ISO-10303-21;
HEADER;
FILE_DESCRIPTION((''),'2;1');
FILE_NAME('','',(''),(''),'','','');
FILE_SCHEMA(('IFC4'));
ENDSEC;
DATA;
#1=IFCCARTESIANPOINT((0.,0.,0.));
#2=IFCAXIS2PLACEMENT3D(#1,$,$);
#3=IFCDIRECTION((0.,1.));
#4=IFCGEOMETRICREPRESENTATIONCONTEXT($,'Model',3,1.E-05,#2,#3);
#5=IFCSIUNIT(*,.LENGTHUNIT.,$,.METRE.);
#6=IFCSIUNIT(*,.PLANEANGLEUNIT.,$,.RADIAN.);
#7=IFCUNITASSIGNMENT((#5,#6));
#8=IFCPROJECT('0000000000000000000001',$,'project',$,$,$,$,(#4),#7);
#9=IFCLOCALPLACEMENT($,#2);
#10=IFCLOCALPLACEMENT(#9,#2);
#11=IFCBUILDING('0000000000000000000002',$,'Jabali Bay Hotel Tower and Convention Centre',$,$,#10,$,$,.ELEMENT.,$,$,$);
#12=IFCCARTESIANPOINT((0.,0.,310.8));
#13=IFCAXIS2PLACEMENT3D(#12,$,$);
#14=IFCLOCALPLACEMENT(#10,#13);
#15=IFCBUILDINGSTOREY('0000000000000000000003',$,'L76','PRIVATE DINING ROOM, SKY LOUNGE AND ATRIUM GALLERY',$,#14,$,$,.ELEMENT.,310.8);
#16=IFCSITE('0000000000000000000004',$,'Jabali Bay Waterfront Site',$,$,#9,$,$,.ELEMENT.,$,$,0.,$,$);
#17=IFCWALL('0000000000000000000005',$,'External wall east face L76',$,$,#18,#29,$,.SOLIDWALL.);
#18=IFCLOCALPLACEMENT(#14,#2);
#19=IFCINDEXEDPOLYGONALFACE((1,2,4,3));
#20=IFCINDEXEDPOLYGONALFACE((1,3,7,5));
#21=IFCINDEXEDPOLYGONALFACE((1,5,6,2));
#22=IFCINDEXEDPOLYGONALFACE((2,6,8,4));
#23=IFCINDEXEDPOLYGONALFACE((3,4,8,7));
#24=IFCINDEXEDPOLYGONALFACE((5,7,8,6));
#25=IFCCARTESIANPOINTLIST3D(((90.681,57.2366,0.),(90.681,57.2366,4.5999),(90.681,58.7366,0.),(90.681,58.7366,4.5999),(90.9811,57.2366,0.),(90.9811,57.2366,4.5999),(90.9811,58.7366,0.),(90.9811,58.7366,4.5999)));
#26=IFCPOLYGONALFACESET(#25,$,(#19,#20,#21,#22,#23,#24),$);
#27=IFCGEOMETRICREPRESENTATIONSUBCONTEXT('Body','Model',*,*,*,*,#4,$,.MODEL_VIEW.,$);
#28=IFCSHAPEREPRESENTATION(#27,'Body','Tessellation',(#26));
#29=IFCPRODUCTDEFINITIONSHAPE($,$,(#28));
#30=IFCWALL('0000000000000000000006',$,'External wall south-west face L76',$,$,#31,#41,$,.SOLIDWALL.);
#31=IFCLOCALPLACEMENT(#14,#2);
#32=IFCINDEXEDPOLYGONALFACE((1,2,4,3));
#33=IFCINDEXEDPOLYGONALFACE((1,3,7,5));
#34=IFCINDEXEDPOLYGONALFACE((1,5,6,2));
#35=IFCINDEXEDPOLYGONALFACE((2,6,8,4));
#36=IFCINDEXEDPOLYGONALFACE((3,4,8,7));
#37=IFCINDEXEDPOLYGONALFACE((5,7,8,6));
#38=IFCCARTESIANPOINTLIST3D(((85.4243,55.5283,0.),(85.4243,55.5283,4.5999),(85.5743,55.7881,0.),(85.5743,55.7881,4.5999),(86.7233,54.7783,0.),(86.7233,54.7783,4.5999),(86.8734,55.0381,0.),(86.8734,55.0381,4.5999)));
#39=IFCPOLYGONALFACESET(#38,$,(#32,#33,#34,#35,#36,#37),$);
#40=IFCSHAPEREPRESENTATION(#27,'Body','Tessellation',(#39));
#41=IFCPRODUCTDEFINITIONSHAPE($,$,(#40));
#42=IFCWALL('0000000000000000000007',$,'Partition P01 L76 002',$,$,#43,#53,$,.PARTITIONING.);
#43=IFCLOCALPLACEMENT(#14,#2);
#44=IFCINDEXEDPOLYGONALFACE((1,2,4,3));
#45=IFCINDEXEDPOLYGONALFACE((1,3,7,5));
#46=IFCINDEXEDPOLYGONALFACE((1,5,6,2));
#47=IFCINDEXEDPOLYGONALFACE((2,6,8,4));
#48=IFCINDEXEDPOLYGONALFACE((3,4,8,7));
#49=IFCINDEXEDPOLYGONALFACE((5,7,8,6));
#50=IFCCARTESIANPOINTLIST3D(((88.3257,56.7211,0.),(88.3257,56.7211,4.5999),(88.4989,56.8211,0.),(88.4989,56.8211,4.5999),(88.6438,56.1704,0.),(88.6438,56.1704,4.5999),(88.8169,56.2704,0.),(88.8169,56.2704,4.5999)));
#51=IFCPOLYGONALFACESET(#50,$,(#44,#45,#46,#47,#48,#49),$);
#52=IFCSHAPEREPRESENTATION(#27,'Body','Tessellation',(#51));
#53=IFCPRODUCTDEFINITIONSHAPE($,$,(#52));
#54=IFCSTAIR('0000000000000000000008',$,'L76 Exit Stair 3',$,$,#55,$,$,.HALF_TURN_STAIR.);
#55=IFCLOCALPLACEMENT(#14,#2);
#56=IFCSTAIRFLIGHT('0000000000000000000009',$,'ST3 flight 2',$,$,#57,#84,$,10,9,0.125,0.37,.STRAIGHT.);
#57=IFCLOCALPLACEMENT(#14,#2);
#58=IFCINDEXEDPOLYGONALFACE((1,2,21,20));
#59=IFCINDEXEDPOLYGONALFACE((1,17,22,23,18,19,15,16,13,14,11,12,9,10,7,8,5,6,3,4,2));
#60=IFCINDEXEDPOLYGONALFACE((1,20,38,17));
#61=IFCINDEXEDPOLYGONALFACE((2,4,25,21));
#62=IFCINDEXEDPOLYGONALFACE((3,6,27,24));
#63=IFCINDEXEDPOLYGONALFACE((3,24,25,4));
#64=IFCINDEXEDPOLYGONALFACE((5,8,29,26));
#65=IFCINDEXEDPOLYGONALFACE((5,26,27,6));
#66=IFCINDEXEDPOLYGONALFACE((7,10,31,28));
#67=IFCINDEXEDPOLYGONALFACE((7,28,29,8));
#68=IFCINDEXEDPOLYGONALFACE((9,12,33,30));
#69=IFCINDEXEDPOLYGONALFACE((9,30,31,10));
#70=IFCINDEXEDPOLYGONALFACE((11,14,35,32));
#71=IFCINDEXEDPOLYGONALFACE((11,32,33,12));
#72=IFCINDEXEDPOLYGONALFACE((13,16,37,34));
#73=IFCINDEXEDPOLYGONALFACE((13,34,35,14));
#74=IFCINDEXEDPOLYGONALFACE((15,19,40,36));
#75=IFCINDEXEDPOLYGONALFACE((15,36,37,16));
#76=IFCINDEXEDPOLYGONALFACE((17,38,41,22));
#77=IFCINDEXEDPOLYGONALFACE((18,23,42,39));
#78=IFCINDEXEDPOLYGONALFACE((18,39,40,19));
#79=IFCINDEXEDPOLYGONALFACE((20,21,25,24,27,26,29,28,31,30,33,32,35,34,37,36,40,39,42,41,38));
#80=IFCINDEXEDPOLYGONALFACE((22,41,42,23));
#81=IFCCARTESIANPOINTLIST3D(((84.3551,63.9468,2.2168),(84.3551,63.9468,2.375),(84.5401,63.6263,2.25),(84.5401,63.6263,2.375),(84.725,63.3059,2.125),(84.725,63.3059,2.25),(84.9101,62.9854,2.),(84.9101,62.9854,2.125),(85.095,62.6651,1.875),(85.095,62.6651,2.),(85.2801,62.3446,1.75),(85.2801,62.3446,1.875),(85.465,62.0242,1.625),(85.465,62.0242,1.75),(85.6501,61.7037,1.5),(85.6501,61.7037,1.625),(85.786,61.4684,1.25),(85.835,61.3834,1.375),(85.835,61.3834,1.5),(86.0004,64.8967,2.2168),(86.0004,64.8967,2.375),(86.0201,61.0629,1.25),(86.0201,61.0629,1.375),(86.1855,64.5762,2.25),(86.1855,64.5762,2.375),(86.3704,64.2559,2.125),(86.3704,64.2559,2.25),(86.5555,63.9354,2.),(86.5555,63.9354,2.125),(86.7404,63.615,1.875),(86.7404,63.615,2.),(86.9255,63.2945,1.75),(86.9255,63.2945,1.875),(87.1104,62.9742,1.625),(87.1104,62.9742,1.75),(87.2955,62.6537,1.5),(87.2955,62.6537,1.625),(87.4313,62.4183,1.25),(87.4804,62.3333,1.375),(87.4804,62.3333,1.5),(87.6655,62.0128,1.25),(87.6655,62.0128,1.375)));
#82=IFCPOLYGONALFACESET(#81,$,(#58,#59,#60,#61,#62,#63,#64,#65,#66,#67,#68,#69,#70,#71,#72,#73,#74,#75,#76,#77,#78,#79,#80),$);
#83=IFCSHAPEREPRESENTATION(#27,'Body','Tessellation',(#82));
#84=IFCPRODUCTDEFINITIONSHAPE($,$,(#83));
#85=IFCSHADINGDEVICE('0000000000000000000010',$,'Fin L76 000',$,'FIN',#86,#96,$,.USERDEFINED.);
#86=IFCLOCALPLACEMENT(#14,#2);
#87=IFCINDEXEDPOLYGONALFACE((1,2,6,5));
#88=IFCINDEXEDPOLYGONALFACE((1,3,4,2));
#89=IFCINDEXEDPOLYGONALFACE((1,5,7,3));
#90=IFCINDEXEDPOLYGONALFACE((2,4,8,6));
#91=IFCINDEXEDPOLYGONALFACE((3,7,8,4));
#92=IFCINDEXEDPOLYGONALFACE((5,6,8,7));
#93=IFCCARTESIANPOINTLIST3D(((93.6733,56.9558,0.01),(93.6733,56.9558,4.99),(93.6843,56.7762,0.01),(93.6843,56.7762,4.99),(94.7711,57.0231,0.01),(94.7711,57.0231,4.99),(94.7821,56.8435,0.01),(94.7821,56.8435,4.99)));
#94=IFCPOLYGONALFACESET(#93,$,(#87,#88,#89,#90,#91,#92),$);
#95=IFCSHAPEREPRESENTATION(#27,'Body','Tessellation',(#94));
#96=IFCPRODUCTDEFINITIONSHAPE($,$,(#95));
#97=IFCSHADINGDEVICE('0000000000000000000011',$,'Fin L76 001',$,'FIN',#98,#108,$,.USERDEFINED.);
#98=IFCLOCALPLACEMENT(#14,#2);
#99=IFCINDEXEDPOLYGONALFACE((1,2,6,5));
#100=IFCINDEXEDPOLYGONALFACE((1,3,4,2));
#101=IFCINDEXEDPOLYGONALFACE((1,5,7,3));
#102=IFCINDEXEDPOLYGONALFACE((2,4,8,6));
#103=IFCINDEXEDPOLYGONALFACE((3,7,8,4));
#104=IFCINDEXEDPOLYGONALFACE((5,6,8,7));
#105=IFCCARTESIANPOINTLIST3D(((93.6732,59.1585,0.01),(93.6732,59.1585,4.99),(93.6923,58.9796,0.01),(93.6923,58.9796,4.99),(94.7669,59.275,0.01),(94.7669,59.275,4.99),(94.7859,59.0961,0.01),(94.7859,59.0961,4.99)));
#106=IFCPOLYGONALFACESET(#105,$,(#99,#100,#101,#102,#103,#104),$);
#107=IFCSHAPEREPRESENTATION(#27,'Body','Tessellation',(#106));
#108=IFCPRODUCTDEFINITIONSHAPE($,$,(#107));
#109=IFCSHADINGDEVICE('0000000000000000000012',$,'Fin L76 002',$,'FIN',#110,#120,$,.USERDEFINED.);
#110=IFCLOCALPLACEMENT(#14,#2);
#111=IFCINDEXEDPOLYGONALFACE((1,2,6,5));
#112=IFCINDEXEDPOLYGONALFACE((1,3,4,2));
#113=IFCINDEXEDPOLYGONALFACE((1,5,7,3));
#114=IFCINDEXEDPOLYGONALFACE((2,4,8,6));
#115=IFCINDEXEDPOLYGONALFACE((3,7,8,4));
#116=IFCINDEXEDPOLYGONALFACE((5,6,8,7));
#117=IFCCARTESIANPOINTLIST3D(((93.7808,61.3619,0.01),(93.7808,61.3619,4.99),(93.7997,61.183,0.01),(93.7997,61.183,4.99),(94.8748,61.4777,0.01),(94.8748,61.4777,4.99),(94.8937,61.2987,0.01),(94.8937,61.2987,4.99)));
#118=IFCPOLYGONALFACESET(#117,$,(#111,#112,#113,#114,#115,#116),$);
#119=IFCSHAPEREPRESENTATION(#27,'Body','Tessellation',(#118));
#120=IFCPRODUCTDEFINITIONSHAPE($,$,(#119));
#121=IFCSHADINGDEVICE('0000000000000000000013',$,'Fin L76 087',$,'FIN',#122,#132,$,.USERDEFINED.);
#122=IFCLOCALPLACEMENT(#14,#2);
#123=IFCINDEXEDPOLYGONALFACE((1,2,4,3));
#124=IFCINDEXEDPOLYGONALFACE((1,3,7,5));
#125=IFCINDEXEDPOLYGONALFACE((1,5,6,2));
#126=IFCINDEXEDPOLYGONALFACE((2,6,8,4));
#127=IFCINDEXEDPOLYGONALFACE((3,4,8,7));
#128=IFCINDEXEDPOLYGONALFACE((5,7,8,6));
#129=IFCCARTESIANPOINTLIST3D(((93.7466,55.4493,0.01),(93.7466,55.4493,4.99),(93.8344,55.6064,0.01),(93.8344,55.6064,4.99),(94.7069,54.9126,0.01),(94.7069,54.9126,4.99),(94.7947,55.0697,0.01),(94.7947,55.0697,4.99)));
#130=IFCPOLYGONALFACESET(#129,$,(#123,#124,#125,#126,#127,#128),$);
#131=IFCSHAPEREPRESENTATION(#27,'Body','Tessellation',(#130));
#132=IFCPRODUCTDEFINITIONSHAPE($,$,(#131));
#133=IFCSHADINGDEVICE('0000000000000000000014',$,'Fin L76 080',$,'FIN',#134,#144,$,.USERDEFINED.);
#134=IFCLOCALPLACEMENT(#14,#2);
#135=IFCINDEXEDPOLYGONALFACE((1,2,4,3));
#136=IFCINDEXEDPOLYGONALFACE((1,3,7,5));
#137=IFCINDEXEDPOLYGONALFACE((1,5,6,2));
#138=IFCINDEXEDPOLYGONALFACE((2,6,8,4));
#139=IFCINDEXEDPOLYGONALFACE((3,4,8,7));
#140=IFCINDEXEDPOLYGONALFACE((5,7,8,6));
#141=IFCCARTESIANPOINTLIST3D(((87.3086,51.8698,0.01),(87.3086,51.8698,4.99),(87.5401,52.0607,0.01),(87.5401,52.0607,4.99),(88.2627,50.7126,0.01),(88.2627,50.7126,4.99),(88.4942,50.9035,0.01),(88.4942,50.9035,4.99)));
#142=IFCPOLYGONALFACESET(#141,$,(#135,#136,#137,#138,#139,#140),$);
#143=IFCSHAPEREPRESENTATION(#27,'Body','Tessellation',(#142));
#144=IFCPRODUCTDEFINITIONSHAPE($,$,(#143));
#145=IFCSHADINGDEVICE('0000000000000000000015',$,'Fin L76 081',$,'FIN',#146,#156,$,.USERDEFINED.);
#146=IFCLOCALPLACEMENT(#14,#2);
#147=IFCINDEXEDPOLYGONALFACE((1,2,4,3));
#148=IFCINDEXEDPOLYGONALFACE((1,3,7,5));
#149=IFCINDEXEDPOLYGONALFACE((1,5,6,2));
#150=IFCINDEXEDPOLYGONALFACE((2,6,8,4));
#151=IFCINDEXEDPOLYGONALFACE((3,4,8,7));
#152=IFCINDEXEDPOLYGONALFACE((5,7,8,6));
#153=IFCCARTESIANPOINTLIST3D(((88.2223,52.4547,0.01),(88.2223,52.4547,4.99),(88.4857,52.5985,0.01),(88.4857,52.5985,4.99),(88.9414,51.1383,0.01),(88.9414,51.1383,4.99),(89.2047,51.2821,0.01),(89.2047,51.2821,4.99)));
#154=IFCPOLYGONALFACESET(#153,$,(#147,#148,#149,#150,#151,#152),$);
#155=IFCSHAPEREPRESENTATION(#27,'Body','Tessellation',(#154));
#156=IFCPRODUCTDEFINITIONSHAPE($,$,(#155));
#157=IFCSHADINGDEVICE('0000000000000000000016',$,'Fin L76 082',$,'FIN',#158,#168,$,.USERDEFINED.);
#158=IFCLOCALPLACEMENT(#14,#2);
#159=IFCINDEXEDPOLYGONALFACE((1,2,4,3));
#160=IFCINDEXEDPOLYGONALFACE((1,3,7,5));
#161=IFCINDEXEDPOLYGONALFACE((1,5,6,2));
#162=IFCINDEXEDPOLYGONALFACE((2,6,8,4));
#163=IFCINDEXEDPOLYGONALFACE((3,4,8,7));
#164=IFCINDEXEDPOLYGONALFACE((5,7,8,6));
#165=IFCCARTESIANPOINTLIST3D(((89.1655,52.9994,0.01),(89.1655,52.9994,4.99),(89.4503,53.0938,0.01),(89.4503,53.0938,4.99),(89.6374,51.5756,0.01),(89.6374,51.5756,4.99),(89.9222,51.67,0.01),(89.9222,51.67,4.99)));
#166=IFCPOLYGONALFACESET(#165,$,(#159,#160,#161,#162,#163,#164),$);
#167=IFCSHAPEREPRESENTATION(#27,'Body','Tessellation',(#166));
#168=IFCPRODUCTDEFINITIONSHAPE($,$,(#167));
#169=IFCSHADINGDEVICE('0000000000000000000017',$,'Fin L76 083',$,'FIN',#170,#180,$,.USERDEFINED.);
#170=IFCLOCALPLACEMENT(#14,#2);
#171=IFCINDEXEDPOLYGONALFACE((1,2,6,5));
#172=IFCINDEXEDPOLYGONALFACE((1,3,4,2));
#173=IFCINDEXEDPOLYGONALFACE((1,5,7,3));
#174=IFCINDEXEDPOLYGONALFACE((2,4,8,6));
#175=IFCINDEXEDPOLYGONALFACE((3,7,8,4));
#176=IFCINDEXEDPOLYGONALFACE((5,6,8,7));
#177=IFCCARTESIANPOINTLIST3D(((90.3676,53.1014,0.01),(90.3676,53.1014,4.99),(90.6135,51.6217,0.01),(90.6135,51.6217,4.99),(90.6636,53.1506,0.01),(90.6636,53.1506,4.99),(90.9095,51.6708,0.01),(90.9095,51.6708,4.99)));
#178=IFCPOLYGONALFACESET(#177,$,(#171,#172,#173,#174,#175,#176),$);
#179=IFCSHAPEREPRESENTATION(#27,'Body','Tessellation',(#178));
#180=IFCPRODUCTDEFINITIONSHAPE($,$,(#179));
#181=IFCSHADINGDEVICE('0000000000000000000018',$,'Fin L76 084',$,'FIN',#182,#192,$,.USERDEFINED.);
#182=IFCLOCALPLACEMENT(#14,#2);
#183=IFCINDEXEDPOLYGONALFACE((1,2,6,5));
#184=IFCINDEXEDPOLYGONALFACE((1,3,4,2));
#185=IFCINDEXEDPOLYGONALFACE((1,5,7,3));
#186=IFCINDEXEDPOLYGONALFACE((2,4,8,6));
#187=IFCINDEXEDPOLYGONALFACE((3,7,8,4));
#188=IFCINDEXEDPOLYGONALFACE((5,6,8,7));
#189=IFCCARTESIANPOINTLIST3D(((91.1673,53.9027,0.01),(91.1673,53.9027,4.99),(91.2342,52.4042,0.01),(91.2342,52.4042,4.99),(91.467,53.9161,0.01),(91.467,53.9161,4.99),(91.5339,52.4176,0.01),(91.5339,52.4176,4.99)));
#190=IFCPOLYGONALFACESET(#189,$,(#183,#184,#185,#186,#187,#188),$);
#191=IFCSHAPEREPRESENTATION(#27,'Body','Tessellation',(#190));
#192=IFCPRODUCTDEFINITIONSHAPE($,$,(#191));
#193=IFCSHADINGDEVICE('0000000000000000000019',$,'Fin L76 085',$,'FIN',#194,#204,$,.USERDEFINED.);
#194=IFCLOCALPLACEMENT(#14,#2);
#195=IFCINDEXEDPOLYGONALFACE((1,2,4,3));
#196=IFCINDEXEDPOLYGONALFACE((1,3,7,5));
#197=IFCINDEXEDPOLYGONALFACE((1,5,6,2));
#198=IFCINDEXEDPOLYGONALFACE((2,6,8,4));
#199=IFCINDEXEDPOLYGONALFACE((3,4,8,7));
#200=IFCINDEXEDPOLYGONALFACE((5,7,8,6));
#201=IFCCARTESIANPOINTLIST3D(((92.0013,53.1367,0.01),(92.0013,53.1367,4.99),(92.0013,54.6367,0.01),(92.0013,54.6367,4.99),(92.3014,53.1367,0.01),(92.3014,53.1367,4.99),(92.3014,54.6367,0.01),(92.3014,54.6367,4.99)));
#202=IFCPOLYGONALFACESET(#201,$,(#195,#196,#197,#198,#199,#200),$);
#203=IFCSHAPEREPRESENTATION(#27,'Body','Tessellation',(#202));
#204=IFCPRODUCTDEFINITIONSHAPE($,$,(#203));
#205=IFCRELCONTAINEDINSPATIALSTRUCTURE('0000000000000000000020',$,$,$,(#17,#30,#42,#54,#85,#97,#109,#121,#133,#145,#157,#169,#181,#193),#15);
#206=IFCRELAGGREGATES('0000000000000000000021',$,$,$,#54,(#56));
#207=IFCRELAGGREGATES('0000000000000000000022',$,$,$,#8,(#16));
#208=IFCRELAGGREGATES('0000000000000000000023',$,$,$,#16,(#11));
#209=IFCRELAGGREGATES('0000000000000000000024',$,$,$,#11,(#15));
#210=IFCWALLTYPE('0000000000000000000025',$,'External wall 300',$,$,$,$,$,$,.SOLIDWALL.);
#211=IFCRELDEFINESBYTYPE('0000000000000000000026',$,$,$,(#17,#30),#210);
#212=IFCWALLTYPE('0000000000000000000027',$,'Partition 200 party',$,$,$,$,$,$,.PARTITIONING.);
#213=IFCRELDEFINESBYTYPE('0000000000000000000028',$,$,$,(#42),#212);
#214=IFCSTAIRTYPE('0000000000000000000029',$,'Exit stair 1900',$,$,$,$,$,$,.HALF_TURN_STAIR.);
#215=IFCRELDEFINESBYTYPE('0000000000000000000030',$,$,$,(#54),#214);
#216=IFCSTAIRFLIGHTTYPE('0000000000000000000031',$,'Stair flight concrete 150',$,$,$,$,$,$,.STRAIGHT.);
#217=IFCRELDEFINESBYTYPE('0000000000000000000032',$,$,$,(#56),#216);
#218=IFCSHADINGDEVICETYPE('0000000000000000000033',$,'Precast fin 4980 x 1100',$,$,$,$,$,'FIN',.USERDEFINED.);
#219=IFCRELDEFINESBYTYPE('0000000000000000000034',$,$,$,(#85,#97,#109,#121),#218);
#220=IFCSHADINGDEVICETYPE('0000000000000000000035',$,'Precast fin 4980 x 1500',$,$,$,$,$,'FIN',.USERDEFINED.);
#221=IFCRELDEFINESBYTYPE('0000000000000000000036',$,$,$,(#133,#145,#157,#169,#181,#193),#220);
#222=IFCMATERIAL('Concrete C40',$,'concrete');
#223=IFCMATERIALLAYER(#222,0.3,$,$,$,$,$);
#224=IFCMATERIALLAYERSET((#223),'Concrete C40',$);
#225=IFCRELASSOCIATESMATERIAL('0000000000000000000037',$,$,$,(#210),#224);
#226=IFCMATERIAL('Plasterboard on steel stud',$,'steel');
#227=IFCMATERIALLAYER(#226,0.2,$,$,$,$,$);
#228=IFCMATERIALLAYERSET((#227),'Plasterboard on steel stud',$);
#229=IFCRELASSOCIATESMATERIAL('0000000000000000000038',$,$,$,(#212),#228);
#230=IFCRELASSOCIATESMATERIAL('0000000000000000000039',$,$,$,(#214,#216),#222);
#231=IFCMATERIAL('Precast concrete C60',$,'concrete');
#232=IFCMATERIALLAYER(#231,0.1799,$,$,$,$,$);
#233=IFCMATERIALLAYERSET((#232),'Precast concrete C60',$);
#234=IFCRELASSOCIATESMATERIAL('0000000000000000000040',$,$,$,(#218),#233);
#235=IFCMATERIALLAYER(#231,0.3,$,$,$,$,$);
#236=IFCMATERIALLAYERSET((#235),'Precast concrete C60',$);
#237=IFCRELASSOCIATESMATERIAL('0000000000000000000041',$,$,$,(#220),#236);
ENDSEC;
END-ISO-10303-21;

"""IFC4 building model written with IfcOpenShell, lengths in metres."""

from ifc_helpers import new_model, si_unit, direction, frame, frame_2d, origin, place, context, subcontext, project, spatial, polyline, rectangle, outline, extrude, material, layer, layer_set, type_object, element, aggregate, save


model = new_model("IFC4")

# Units and contexts
model_context = context("Model", 3, precision=1e-05, world=origin(), true_north=direction((0.0, 1.0)))
body_context = subcontext(model_context, "Body", "Model", "MODEL_VIEW")
ifc_project = project(units=[si_unit("LENGTHUNIT", "METRE"), si_unit("PLANEANGLEUNIT", "RADIAN")], contexts=[model_context])

# Site, building, storey
site_placement = place(None, origin())
site = spatial("IfcSite", under=ifc_project, at=site_placement, Name="Jabali Bay Waterfront Site", CompositionType="ELEMENT", RefElevation=0.0)
building_placement = place(site_placement, origin())
building = spatial("IfcBuilding", under=site, at=building_placement, Name="Jabali Bay Hotel Tower and Convention Centre", CompositionType="ELEMENT")
storey_placement = place(building_placement, frame((0.0, 0.0, 310.8)))
storey = spatial("IfcBuildingStorey", under=building, at=storey_placement, Name="L76", Description="PRIVATE DINING ROOM, SKY LOUNGE AND ATRIUM GALLERY", CompositionType="ELEMENT", Elevation=310.8)

# Walls
ifc_material_1 = material(Name="Concrete C40", Category="concrete")
ifc_layer_1 = layer(ifc_material_1, 0.3)
ifc_layer_set_1 = layer_set([ifc_layer_1], Name="Concrete C40")
wall_type_1 = type_object("IfcWallType", Name="External wall 300", PredefinedType="SOLIDWALL", material=ifc_layer_set_1)
for number, where, z_axis, x_axis, name in (
    (1, (90.8311, 58.7366, 0.0), (0.0, 0.0, 1.0), (0.0, -1.0, 0.0), "External wall east face L76"),
    (2, (86.7983, 54.9082, 0.0), (0.0, 0.0, 1.0), (-0.866031, 0.49999, 0.0), "External wall south-west face L76"),
):
    element("IfcWall", number, at=place(storey_placement, frame(where, z_axis=z_axis, x_axis=x_axis)), inside=storey, type_object=wall_type_1, Name=name, PredefinedType="SOLIDWALL", context=body_context, shape_type="SweptSolid", body=[
        extrude(rectangle(XDim=1.5, YDim=0.3, at=frame_2d((0.75, 0.0))), origin(), (0.0, 0.0, 1.0), 4.5999),
    ])
ifc_material_2 = material(Name="Plasterboard on steel stud", Category="steel")
ifc_layer_2 = layer(ifc_material_2, 0.2)
ifc_layer_set_2 = layer_set([ifc_layer_2], Name="Plasterboard on steel stud")
wall_type_2 = type_object("IfcWallType", Name="Partition 200 party", PredefinedType="PARTITIONING", material=ifc_layer_set_2)
wall_1_placement = place(storey_placement, frame((88.4124, 56.771, 0.0), z_axis=(0.0, 0.0, 1.0), x_axis=(0.500143, -0.865943, 0.0)))
element("IfcWall", 3, at=wall_1_placement, inside=storey, type_object=wall_type_2, Name="Partition P01 L76 002", PredefinedType="PARTITIONING", context=body_context, shape_type="SweptSolid", body=[
    extrude(rectangle(XDim=0.636, YDim=0.2, at=frame_2d((0.3179, 0.0))), origin(), (0.0, 0.0, 1.0), 4.5999),
])

# Stair, stair flight
stair_type = type_object("IfcStairType", Name="Exit stair 1900", PredefinedType="HALF_TURN_STAIR", material=ifc_material_1)
stair_placement = place(storey_placement, origin())
stair = element("IfcStair", 4, at=stair_placement, inside=storey, type_object=stair_type, Name="L76 Exit Stair 3", PredefinedType="HALF_TURN_STAIR")
stair_flight_type = type_object("IfcStairFlightType", Name="Stair flight concrete 150", PredefinedType="STRAIGHT", material=ifc_material_1)
stair_flight_placement = place(storey_placement, frame((86.8428, 61.5378, 1.25), z_axis=(0.0, 0.0, 1.0), x_axis=(-0.5, 0.866025, 0.0)))
stair_flight = element("IfcStairFlight", 5, at=stair_flight_placement, type_object=stair_flight_type, Name="ST3 flight 2", NumberOfRisers=10, NumberOfTreads=9, PredefinedType="STRAIGHT", RiserHeight=0.125, TreadLength=0.37, context=body_context, shape_type="SweptSolid", body=[
    extrude(outline(polyline([(0.0, 0.0), (0.0, 0.125), (0.3701, 0.125), (0.3701, 0.25), (0.74, 0.25), (0.74, 0.375), (1.1101, 0.375), (1.1101, 0.5), (1.48, 0.5), (1.48, 0.625), (1.8501, 0.625), (1.8501, 0.75), (2.22, 0.75), (2.22, 0.875), (2.5901, 0.875), (2.5901, 1.0), (2.96, 1.0), (2.96, 1.125), (3.3301, 1.125), (3.3301, 1.25), (3.3301, 0.9668), (0.4683, 0.0), (0.0, 0.0)])), frame((0.0, 0.95, 0.0), z_axis=(0.0, -1.0, 0.0), x_axis=(1.0, 0.0, 0.0)), (0.0, 0.0, 1.0), 1.8999),
])
aggregate(stair, [stair_flight])

# Shading devices
ifc_material_3 = material(Name="Precast concrete C60", Category="concrete")
ifc_layer_3 = layer(ifc_material_3, 0.1799)
ifc_layer_set_3 = layer_set([ifc_layer_3], Name="Precast concrete C60")
shading_device_type_1 = type_object("IfcShadingDeviceType", Name="Precast fin 4980 x 1100", ElementType="FIN", PredefinedType="USERDEFINED", material=ifc_layer_set_3)
for number, where, z_axis, x_axis, name in (
    (6, (93.679, 56.866, 0.01), (0.0, 0.0, 1.0), (0.998122, 0.061259, 0.0), "Fin L76 000"),
    (7, (93.6829, 59.0691, 0.01), (0.0, 0.0, 1.0), (0.994379, 0.105875, 0.0), "Fin L76 001"),
):
    element("IfcShadingDevice", number, at=place(storey_placement, frame(where, z_axis=z_axis, x_axis=x_axis)), inside=storey, type_object=shading_device_type_1, Name=name, ObjectType="FIN", PredefinedType="USERDEFINED", context=body_context, shape_type="SweptSolid", body=[
        extrude(rectangle(XDim=1.0999, YDim=0.1799, at=frame_2d((0.5498, 0.0))), origin(), (0.0, 0.0, 1.0), 4.98),
    ])
for number, where, z_axis, x_axis, name in (
    (8, (93.7903, 61.2725, 0.01), (0.0, 0.0, 1.0), (0.994452, 0.105193, 0.0), "Fin L76 002"),
    (9, (93.7905, 55.5278, 0.01), (0.0, 0.0, 1.0), (0.87293, -0.487846, 0.0), "Fin L76 087"),
):
    element("IfcShadingDevice", number, at=place(storey_placement, frame(where, z_axis=z_axis, x_axis=x_axis)), inside=storey, type_object=shading_device_type_1, Name=name, ObjectType="FIN", PredefinedType="USERDEFINED", context=body_context, shape_type="SweptSolid", body=[
        extrude(rectangle(XDim=1.1001, YDim=0.1799, at=frame_2d((0.55, 0.0))), origin(), (0.0, 0.0, 1.0), 4.98),
    ])
ifc_layer_4 = layer(ifc_material_3, 0.3)
ifc_layer_set_4 = layer_set([ifc_layer_4], Name="Precast concrete C60")
shading_device_type_2 = type_object("IfcShadingDeviceType", Name="Precast fin 4980 x 1500", ElementType="FIN", PredefinedType="USERDEFINED", material=ifc_layer_set_4)
shading_device_placement = place(storey_placement, frame((87.4243, 51.9653, 0.01), z_axis=(0.0, 0.0, 1.0), x_axis=(0.636141, -0.771573, 0.0)))
element("IfcShadingDevice", 10, at=shading_device_placement, inside=storey, type_object=shading_device_type_2, Name="Fin L76 080", ObjectType="FIN", PredefinedType="USERDEFINED", context=body_context, shape_type="SweptSolid", body=[
    extrude(rectangle(XDim=1.4998, YDim=0.3, at=frame_2d((0.75, 0.0))), origin(), (0.0, 0.0, 1.0), 4.98),
])
for number, where, z_axis, x_axis, name in (
    (11, (88.354, 52.5266, 0.01), (0.0, 0.0, 1.0), (0.479342, -0.877628, 0.0), "Fin L76 081"),
    (12, (89.3079, 53.0466, 0.01), (0.0, 0.0, 1.0), (0.314616, -0.949219, 0.0), "Fin L76 082"),
    (13, (90.5156, 53.126, 0.01), (0.0, 0.0, 1.0), (0.163897, -0.986477, 0.0), "Fin L76 083"),
    (14, (91.3171, 53.9094, 0.01), (0.0, 0.0, 1.0), (0.044596, -0.999005, 0.0), "Fin L76 084"),
    (15, (92.1514, 54.6367, 0.01), (0.0, 0.0, 1.0), (0.0, -1.0, 0.0), "Fin L76 085"),
):
    element("IfcShadingDevice", number, at=place(storey_placement, frame(where, z_axis=z_axis, x_axis=x_axis)), inside=storey, type_object=shading_device_type_2, Name=name, ObjectType="FIN", PredefinedType="USERDEFINED", context=body_context, shape_type="SweptSolid", body=[
        extrude(rectangle(XDim=1.5, YDim=0.3, at=frame_2d((0.75, 0.0))), origin(), (0.0, 0.0, 1.0), 4.98),
    ])

save(model, "model.ifc")
